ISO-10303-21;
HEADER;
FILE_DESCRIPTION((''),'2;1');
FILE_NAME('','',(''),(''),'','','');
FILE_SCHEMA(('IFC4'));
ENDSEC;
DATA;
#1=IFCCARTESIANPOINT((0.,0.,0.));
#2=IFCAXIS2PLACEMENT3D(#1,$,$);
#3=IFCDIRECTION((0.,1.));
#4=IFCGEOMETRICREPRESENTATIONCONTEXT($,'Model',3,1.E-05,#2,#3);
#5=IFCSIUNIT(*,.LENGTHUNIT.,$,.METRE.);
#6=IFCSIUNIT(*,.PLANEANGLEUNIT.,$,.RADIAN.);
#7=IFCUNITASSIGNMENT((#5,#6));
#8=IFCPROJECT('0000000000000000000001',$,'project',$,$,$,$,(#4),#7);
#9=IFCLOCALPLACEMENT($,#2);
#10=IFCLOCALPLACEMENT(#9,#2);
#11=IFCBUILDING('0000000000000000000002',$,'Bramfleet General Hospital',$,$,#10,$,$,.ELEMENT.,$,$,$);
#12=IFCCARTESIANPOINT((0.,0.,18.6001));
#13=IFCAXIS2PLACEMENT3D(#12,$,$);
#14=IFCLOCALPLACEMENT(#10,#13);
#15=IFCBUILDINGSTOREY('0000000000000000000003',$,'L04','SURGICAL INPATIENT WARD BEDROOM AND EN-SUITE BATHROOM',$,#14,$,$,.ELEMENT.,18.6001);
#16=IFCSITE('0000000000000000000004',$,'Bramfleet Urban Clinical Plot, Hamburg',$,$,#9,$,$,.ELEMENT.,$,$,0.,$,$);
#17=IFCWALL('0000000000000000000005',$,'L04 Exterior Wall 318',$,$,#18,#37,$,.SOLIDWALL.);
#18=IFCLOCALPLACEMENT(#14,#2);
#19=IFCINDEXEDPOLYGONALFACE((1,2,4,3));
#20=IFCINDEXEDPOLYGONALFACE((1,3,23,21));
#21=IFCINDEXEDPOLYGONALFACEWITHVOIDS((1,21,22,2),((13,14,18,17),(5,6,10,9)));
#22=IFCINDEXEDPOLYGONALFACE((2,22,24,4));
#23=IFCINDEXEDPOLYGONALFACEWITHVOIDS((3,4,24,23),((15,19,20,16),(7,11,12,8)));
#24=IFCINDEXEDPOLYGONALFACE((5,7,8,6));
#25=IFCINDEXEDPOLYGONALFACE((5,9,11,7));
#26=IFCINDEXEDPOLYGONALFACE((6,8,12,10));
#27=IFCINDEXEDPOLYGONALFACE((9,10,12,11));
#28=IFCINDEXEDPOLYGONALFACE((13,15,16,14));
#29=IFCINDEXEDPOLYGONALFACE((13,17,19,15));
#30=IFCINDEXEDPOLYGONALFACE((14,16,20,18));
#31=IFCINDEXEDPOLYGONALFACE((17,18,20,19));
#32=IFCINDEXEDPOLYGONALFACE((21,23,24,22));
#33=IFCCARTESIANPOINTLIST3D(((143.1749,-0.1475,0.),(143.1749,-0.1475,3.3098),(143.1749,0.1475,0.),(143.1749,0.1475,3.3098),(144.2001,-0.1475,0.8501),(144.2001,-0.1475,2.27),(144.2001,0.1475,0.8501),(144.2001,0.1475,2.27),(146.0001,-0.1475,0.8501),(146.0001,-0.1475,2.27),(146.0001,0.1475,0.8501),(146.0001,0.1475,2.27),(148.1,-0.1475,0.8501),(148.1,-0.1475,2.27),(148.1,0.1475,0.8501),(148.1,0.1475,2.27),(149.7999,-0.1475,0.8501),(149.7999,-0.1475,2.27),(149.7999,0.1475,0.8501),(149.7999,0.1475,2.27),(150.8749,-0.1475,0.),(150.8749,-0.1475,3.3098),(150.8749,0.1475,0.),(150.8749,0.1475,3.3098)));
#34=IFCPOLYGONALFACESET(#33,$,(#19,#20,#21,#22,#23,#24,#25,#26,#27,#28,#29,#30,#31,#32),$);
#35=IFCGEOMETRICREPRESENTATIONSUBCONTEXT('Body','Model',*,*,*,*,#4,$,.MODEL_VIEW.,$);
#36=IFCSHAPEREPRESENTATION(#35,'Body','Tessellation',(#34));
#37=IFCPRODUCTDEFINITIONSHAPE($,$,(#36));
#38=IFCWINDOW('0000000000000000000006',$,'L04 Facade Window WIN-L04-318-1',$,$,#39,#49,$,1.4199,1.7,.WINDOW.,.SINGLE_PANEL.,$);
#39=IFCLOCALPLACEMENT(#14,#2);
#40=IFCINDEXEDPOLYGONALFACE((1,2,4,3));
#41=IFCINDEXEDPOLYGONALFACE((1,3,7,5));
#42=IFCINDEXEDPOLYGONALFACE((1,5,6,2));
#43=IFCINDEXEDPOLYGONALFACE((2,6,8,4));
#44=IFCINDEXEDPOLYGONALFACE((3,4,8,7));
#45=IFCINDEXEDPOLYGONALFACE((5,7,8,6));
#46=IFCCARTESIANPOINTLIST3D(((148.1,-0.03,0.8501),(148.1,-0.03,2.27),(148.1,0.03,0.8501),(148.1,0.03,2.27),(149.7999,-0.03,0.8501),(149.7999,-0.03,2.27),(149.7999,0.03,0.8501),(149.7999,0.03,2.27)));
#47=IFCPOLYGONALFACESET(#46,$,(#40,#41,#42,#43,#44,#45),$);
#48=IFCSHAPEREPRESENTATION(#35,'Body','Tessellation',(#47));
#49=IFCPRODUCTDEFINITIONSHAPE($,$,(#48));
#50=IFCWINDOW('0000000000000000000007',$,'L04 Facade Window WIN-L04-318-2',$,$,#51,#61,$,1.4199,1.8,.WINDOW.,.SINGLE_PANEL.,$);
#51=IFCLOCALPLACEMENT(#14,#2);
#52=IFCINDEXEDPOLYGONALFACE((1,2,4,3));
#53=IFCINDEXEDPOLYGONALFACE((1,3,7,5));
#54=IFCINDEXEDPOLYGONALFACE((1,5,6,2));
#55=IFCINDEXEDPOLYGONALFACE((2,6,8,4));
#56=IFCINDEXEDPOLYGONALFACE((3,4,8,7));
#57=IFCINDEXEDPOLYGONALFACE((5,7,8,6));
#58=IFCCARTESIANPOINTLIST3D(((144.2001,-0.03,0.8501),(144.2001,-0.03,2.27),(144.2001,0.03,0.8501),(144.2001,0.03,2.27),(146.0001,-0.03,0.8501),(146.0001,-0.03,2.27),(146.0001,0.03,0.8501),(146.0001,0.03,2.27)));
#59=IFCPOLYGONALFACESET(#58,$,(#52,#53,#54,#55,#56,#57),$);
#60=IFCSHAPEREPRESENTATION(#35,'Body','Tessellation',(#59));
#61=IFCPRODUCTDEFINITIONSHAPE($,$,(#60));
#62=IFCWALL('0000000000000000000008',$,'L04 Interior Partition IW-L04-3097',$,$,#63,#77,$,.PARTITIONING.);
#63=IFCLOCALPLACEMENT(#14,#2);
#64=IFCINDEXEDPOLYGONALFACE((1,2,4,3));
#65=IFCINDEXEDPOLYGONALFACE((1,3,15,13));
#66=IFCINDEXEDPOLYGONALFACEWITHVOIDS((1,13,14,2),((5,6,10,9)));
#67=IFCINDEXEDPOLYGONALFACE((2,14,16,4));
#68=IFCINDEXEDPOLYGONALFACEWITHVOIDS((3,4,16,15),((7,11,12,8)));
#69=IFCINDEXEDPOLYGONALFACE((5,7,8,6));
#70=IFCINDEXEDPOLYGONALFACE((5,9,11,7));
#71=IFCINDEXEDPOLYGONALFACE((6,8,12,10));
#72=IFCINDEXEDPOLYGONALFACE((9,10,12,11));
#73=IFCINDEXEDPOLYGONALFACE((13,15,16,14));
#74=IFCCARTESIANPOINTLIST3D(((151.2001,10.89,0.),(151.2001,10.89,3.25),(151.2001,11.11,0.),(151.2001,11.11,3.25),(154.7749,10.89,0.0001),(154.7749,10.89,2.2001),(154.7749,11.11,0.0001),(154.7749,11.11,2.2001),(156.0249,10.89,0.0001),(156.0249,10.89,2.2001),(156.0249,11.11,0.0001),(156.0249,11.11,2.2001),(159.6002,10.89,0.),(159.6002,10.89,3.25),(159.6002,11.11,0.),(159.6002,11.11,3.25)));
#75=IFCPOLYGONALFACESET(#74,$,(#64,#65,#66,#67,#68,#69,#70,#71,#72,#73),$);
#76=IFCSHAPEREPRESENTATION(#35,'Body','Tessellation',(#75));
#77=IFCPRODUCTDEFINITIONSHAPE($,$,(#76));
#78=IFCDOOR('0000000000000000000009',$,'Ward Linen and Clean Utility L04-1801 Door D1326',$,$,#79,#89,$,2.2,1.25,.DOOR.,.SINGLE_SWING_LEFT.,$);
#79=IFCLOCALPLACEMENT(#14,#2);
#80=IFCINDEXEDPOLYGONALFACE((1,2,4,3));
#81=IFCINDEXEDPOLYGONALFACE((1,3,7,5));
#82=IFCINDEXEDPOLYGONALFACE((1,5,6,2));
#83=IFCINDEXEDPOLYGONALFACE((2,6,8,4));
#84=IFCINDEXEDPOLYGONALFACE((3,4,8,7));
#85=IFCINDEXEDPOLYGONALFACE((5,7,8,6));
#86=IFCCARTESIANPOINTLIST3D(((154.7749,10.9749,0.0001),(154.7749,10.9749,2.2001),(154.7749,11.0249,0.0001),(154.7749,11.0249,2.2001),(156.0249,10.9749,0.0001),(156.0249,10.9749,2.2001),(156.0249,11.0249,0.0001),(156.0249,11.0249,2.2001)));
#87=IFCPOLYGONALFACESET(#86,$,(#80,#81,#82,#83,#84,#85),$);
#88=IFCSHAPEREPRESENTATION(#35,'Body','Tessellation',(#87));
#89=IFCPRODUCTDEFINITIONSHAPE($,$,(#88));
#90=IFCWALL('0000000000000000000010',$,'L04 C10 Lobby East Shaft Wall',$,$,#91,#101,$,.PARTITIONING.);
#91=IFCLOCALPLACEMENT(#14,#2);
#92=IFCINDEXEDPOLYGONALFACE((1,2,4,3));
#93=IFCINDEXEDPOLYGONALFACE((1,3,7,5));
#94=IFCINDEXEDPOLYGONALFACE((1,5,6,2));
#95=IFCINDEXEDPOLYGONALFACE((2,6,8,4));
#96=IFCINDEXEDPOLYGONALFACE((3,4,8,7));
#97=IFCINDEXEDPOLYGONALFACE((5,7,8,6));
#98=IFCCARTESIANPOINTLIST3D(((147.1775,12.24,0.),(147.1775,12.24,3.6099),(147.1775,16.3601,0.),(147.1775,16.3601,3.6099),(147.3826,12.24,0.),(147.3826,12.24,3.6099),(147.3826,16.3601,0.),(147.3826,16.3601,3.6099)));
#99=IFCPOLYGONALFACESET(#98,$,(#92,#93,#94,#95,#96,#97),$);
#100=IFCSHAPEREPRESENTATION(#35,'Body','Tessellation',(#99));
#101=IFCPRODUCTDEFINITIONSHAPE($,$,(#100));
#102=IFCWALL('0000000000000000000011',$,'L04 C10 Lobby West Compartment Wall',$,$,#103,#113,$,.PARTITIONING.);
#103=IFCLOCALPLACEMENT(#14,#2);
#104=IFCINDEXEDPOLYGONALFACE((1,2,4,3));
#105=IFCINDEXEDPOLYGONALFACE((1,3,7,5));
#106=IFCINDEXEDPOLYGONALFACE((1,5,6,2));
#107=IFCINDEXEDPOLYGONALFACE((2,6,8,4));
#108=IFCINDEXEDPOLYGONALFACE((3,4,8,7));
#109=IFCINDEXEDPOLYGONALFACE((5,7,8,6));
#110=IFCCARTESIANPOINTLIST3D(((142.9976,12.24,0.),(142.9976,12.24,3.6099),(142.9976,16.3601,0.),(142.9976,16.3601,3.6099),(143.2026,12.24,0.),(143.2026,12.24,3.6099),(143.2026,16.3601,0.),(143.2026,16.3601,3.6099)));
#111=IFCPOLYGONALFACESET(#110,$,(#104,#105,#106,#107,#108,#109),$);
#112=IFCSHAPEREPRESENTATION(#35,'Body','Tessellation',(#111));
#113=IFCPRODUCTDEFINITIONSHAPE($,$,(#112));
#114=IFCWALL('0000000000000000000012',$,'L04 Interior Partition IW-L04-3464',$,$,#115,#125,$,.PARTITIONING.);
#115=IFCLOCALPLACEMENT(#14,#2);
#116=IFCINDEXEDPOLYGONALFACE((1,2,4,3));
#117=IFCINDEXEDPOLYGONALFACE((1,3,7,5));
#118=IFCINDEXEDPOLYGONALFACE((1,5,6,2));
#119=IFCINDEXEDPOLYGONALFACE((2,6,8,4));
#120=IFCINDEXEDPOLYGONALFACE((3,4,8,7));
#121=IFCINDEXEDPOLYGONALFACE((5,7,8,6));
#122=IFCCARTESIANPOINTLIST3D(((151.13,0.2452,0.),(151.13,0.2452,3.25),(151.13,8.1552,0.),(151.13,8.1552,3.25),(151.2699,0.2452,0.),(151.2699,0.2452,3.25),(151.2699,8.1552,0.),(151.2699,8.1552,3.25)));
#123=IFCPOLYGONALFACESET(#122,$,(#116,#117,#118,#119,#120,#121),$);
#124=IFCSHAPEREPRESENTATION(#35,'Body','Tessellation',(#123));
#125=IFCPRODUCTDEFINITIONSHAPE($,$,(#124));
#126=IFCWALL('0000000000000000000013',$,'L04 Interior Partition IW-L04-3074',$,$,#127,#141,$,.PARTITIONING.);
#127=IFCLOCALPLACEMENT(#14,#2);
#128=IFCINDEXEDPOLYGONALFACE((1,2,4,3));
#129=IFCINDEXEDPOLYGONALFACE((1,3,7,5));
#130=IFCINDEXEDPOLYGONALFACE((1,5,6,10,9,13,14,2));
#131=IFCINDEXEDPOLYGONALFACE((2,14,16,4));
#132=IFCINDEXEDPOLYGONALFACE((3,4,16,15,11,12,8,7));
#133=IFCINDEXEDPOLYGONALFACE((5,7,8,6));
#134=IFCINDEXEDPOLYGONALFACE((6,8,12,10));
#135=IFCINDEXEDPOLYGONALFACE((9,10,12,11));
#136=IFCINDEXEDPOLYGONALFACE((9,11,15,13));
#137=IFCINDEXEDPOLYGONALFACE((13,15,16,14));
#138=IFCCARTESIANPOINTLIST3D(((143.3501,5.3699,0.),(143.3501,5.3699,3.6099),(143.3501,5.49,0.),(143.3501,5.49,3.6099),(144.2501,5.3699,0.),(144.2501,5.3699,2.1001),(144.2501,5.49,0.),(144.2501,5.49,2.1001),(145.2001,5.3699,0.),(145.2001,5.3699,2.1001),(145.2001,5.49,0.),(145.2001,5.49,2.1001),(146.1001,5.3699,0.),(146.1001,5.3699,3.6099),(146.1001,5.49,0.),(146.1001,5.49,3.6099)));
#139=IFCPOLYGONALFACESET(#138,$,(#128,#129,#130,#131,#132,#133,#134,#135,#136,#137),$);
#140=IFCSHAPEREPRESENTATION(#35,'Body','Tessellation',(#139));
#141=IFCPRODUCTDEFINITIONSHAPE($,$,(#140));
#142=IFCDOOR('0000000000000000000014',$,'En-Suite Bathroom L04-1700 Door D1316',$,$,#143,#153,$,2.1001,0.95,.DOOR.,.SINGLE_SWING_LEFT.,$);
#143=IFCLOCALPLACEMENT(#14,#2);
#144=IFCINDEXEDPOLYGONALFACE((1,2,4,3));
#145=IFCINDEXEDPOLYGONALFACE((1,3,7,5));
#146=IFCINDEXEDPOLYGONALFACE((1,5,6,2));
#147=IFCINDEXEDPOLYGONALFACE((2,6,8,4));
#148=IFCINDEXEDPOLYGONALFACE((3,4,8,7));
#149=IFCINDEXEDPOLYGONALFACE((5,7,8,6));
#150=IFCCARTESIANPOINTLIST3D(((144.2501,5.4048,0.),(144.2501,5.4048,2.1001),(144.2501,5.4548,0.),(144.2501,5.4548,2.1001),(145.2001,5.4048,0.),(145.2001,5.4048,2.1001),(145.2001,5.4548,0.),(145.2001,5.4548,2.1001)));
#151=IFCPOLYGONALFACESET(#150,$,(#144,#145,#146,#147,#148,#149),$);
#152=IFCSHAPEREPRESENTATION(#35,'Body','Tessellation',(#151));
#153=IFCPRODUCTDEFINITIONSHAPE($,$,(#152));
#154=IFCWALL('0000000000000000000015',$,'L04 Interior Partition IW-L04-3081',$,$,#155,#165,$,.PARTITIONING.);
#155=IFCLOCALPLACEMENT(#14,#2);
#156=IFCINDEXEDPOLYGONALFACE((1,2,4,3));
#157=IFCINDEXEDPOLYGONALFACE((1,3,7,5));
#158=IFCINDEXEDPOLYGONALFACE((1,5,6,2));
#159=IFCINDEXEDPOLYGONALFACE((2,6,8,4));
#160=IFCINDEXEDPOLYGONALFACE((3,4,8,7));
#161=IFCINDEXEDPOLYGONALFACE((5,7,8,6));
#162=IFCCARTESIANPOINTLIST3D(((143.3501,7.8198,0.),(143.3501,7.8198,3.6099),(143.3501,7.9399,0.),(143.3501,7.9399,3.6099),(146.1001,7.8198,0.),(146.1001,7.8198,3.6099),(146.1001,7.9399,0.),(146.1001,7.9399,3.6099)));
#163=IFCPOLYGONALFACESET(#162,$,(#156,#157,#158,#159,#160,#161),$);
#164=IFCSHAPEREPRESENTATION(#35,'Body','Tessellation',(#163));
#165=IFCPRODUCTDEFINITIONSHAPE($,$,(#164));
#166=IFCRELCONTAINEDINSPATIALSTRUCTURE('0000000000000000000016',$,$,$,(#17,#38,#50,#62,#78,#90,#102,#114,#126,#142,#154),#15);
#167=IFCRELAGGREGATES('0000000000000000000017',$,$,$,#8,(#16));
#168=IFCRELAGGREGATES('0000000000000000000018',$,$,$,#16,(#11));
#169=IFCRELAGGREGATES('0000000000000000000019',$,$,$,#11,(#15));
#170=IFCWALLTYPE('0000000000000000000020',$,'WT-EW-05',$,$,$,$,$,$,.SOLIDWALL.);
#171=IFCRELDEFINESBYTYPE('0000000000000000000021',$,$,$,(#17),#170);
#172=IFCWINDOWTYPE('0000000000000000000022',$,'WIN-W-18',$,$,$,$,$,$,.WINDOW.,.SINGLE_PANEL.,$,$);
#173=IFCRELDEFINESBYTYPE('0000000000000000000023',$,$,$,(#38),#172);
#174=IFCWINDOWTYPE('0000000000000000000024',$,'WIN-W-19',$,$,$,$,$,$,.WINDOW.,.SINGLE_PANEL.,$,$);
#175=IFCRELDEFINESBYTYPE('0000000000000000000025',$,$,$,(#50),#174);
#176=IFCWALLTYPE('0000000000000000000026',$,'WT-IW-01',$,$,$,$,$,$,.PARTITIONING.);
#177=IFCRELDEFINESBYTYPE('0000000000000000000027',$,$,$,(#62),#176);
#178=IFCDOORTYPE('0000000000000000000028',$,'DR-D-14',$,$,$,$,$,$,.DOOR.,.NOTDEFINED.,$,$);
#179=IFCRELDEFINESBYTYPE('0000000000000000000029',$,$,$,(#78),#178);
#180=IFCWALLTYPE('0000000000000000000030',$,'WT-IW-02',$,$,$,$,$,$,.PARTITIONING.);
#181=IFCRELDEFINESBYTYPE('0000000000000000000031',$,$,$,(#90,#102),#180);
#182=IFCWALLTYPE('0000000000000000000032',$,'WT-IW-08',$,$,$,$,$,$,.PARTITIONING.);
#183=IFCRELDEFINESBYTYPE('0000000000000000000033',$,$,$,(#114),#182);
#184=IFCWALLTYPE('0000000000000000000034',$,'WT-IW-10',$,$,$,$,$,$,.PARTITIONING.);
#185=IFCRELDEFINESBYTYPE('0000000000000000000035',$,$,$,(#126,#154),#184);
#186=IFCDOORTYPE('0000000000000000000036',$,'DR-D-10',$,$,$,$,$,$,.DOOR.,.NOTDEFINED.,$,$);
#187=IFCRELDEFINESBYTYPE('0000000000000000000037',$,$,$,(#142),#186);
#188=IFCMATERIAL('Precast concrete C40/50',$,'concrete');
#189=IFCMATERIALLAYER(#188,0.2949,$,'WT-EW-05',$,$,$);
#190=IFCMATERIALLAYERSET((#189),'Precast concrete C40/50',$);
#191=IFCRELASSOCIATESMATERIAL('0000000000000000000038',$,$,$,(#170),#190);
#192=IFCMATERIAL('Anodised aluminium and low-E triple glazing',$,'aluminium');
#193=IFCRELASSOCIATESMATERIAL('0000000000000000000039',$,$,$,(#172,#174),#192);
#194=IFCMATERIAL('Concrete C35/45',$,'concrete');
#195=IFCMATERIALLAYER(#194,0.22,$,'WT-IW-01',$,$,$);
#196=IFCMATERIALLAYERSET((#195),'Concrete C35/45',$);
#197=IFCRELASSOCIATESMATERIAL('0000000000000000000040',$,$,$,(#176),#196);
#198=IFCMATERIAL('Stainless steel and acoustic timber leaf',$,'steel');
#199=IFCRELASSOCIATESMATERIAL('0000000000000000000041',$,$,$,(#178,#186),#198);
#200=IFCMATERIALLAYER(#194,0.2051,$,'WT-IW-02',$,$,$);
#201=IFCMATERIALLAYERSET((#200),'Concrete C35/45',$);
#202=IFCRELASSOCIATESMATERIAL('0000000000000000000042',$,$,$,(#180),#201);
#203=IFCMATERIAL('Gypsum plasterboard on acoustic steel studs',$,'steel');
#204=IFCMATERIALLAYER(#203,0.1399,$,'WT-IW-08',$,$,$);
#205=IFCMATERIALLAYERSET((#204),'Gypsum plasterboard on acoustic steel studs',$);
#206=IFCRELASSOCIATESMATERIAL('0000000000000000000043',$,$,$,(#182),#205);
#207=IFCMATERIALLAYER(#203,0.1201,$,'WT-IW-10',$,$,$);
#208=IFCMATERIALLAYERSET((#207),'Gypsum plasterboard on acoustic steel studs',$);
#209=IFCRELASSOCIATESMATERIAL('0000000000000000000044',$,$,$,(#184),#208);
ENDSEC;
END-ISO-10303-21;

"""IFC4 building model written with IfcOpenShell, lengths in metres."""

from ifc_helpers import new_model, si_unit, direction, frame, frame_2d, origin, place, context, subcontext, project, spatial, rectangle, extrude, material, layer, layer_set, type_object, element, fill, save


model = new_model("IFC4")

# Units and contexts
model_context = context("Model", 3, precision=1e-05, world=origin(), true_north=direction((0.0, 1.0)))
body_context = subcontext(model_context, "Body", "Model", "MODEL_VIEW")
ifc_project = project(units=[si_unit("LENGTHUNIT", "METRE"), si_unit("PLANEANGLEUNIT", "RADIAN")], contexts=[model_context])

# Site, building, storey
site_placement = place(None, origin())
site = spatial("IfcSite", under=ifc_project, at=site_placement, Name="Bramfleet Urban Clinical Plot, Hamburg", CompositionType="ELEMENT", RefElevation=0.0)
building_placement = place(site_placement, origin())
building = spatial("IfcBuilding", under=site, at=building_placement, Name="Bramfleet General Hospital", CompositionType="ELEMENT")
storey_placement = place(building_placement, frame((0.0, 0.0, 18.6001)))
storey = spatial("IfcBuildingStorey", under=building, at=storey_placement, Name="L04", Description="SURGICAL INPATIENT WARD BEDROOM AND EN-SUITE BATHROOM", CompositionType="ELEMENT", Elevation=18.6001)

# Shared definitions
ifc_material_1 = material(Name="Concrete C35/45", Category="concrete")

# Wall, openings, windows
ifc_material_2 = material(Name="Precast concrete C40/50", Category="concrete")
ifc_layer_1 = layer(ifc_material_2, 0.2949, Name="WT-EW-05")
ifc_layer_set_1 = layer_set([ifc_layer_1], Name="Precast concrete C40/50")
wall_type_1 = type_object("IfcWallType", Name="WT-EW-05", PredefinedType="SOLIDWALL", material=ifc_layer_set_1)
wall_1_placement = place(storey_placement, frame((150.875, 0.0, 0.0), z_axis=(0.0, 0.0, 1.0), x_axis=(-1.0, 0.0, 0.0)))
wall_1 = element("IfcWall", 1, at=wall_1_placement, inside=storey, type_object=wall_type_1, Name="L04 Exterior Wall 318", PredefinedType="SOLIDWALL", context=body_context, shape_type="SweptSolid", body=[
    extrude(rectangle(XDim=7.7, YDim=0.2949, at=frame_2d((3.8501, 0.0))), origin(), (0.0, 0.0, 1.0), 3.3098),
])
opening_1_placement = place(wall_1_placement, frame((1.075, 0.0, 0.8501)))
opening_1 = element("IfcOpeningElement", 2, at=opening_1_placement, cuts=wall_1, PredefinedType="OPENING", context=body_context, shape_type="SweptSolid", body=[
    extrude(rectangle(XDim=1.7, YDim=1.4199, at=frame_2d((0.8501, 0.71))), frame((0.0, 0.1575, 0.0), z_axis=(0.0, -1.0, 0.0), x_axis=(1.0, 0.0, 0.0)), (0.0, 0.0, 1.0), 0.3149),
])
opening_2_placement = place(wall_1_placement, frame((4.875, 0.0, 0.8501)))
opening_2 = element("IfcOpeningElement", 3, at=opening_2_placement, cuts=wall_1, PredefinedType="OPENING", context=body_context, shape_type="SweptSolid", body=[
    extrude(rectangle(XDim=1.8, YDim=1.4199, at=frame_2d((0.8999, 0.71))), frame((0.0, 0.1575, 0.0), z_axis=(0.0, -1.0, 0.0), x_axis=(1.0, 0.0, 0.0)), (0.0, 0.0, 1.0), 0.3149),
])
ifc_material_3 = material(Name="Anodised aluminium and low-E triple glazing", Category="aluminium")
window_type_1 = type_object("IfcWindowType", Name="WIN-W-18", PartitioningType="SINGLE_PANEL", PredefinedType="WINDOW", material=ifc_material_3)
window_1_placement = place(opening_1_placement, origin())
window_1 = element("IfcWindow", 4, at=window_1_placement, inside=storey, type_object=window_type_1, Name="L04 Facade Window WIN-L04-318-1", OverallHeight=1.4199, OverallWidth=1.7, PartitioningType="SINGLE_PANEL", PredefinedType="WINDOW", context=body_context, shape_type="SweptSolid", body=[
    extrude(rectangle(XDim=1.7, YDim=1.4199, at=frame_2d((0.8501, 0.71))), frame((0.0, 0.03, 0.0), z_axis=(0.0, -1.0, 0.0), x_axis=(1.0, 0.0, 0.0)), (0.0, 0.0, 1.0), 0.0601),
])
fill(opening_1, window_1)
window_type_2 = type_object("IfcWindowType", Name="WIN-W-19", PartitioningType="SINGLE_PANEL", PredefinedType="WINDOW", material=ifc_material_3)
window_2_placement = place(opening_2_placement, origin())
window_2 = element("IfcWindow", 5, at=window_2_placement, inside=storey, type_object=window_type_2, Name="L04 Facade Window WIN-L04-318-2", OverallHeight=1.4199, OverallWidth=1.8, PartitioningType="SINGLE_PANEL", PredefinedType="WINDOW", context=body_context, shape_type="SweptSolid", body=[
    extrude(rectangle(XDim=1.8, YDim=1.4199, at=frame_2d((0.8999, 0.71))), frame((0.0, 0.03, 0.0), z_axis=(0.0, -1.0, 0.0), x_axis=(1.0, 0.0, 0.0)), (0.0, 0.0, 1.0), 0.0601),
])
fill(opening_2, window_2)

# Wall, opening, door
ifc_layer_2 = layer(ifc_material_1, 0.22, Name="WT-IW-01")
ifc_layer_set_2 = layer_set([ifc_layer_2], Name="Concrete C35/45")
wall_type_2 = type_object("IfcWallType", Name="WT-IW-01", PredefinedType="PARTITIONING", material=ifc_layer_set_2)
wall_2_placement = place(storey_placement, frame((151.2, 11.0, 0.0), z_axis=(0.0, 0.0, 1.0), x_axis=(1.0, 0.0, 0.0)))
wall_2 = element("IfcWall", 6, at=wall_2_placement, inside=storey, type_object=wall_type_2, Name="L04 Interior Partition IW-L04-3097", PredefinedType="PARTITIONING", context=body_context, shape_type="SweptSolid", body=[
    extrude(rectangle(XDim=8.4001, YDim=0.22, at=frame_2d((4.2002, 0.0))), origin(), (0.0, 0.0, 1.0), 3.25),
])
opening_3_placement = place(wall_2_placement, frame((3.575, 0.0, 0.0)))
opening_3 = element("IfcOpeningElement", 7, at=opening_3_placement, cuts=wall_2, PredefinedType="OPENING", context=body_context, shape_type="SweptSolid", body=[
    extrude(rectangle(XDim=1.25, YDim=2.2, at=frame_2d((0.625, 1.1001))), frame((0.0, 0.1199, 0.0), z_axis=(0.0, -1.0, 0.0), x_axis=(1.0, 0.0, 0.0)), (0.0, 0.0, 1.0), 0.24),
])
ifc_material_4 = material(Name="Stainless steel and acoustic timber leaf", Category="steel")
door_type_1 = type_object("IfcDoorType", Name="DR-D-14", OperationType="NOTDEFINED", PredefinedType="DOOR", material=ifc_material_4)
door_1_placement = place(opening_3_placement, origin())
door_1 = element("IfcDoor", 8, at=door_1_placement, inside=storey, type_object=door_type_1, Name="Ward Linen and Clean Utility L04-1801 Door D1326", OperationType="SINGLE_SWING_LEFT", OverallHeight=2.2, OverallWidth=1.25, PredefinedType="DOOR", context=body_context, shape_type="SweptSolid", body=[
    extrude(rectangle(XDim=1.25, YDim=2.2, at=frame_2d((0.625, 1.1001))), frame((0.0, 0.0249, 0.0), z_axis=(0.0, -1.0, 0.0), x_axis=(1.0, 0.0, 0.0)), (0.0, 0.0, 1.0), 0.05),
])
fill(opening_3, door_1)

# Walls
ifc_layer_3 = layer(ifc_material_1, 0.2051, Name="WT-IW-02")
ifc_layer_set_3 = layer_set([ifc_layer_3], Name="Concrete C35/45")
wall_type_3 = type_object("IfcWallType", Name="WT-IW-02", PredefinedType="PARTITIONING", material=ifc_layer_set_3)
for number, where, z_axis, x_axis, name in (
    (9, (147.28, 12.24, 0.0), (0.0, 0.0, 1.0), (0.0, 1.0, 0.0), "L04 C10 Lobby East Shaft Wall"),
    (10, (143.1001, 12.24, 0.0), (0.0, 0.0, 1.0), (0.0, 1.0, 0.0), "L04 C10 Lobby West Compartment Wall"),
):
    element("IfcWall", number, at=place(storey_placement, frame(where, z_axis=z_axis, x_axis=x_axis)), inside=storey, type_object=wall_type_3, Name=name, PredefinedType="PARTITIONING", context=body_context, shape_type="SweptSolid", body=[
        extrude(rectangle(XDim=4.1201, YDim=0.2051, at=frame_2d((2.0601, 0.0))), origin(), (0.0, 0.0, 1.0), 3.6099),
    ])
ifc_material_5 = material(Name="Gypsum plasterboard on acoustic steel studs", Category="steel")
ifc_layer_4 = layer(ifc_material_5, 0.1399, Name="WT-IW-08")
ifc_layer_set_4 = layer_set([ifc_layer_4], Name="Gypsum plasterboard on acoustic steel studs")
wall_type_4 = type_object("IfcWallType", Name="WT-IW-08", PredefinedType="PARTITIONING", material=ifc_layer_set_4)
wall_3_placement = place(storey_placement, frame((151.2, 0.2451, 0.0), z_axis=(0.0, 0.0, 1.0), x_axis=(0.0, 1.0, 0.0)))
element("IfcWall", 11, at=wall_3_placement, inside=storey, type_object=wall_type_4, Name="L04 Interior Partition IW-L04-3464", PredefinedType="PARTITIONING", context=body_context, shape_type="SweptSolid", body=[
    extrude(rectangle(XDim=7.9099, YDim=0.1399, at=frame_2d((3.9551, 0.0))), origin(), (0.0, 0.0, 1.0), 3.25),
])

# Wall, opening, door
ifc_layer_5 = layer(ifc_material_5, 0.1201, Name="WT-IW-10")
ifc_layer_set_5 = layer_set([ifc_layer_5], Name="Gypsum plasterboard on acoustic steel studs")
wall_type_5 = type_object("IfcWallType", Name="WT-IW-10", PredefinedType="PARTITIONING", material=ifc_layer_set_5)
wall_4_placement = place(storey_placement, frame((143.3501, 5.4299, 0.0), z_axis=(0.0, 0.0, 1.0), x_axis=(1.0, 0.0, 0.0)))
wall_4 = element("IfcWall", 12, at=wall_4_placement, inside=storey, type_object=wall_type_5, Name="L04 Interior Partition IW-L04-3074", PredefinedType="PARTITIONING", context=body_context, shape_type="SweptSolid", body=[
    extrude(rectangle(XDim=2.75, YDim=0.1201, at=frame_2d((1.375, 0.0))), origin(), (0.0, 0.0, 1.0), 3.6099),
])
opening_4_placement = place(wall_4_placement, frame((0.8999, 0.0, 0.0)))
opening_4 = element("IfcOpeningElement", 13, at=opening_4_placement, cuts=wall_4, PredefinedType="OPENING", context=body_context, shape_type="SweptSolid", body=[
    extrude(rectangle(XDim=0.95, YDim=2.1001, at=frame_2d((0.4751, 1.05))), frame((0.0, 0.0701, 0.0), z_axis=(0.0, -1.0, 0.0), x_axis=(1.0, 0.0, 0.0)), (0.0, 0.0, 1.0), 0.1401),
])
door_type_2 = type_object("IfcDoorType", Name="DR-D-10", OperationType="NOTDEFINED", PredefinedType="DOOR", material=ifc_material_4)
door_2_placement = place(opening_4_placement, origin())
door_2 = element("IfcDoor", 14, at=door_2_placement, inside=storey, type_object=door_type_2, Name="En-Suite Bathroom L04-1700 Door D1316", OperationType="SINGLE_SWING_LEFT", OverallHeight=2.1001, OverallWidth=0.95, PredefinedType="DOOR", context=body_context, shape_type="SweptSolid", body=[
    extrude(rectangle(XDim=0.95, YDim=2.1001, at=frame_2d((0.4751, 1.05))), frame((0.0, 0.0249, 0.0), z_axis=(0.0, -1.0, 0.0), x_axis=(1.0, 0.0, 0.0)), (0.0, 0.0, 1.0), 0.05),
])
fill(opening_4, door_2)

# Wall
wall_5_placement = place(storey_placement, frame((143.3501, 7.8799, 0.0), z_axis=(0.0, 0.0, 1.0), x_axis=(1.0, 0.0, 0.0)))
element("IfcWall", 15, at=wall_5_placement, inside=storey, type_object=wall_type_5, Name="L04 Interior Partition IW-L04-3081", PredefinedType="PARTITIONING", context=body_context, shape_type="SweptSolid", body=[
    extrude(rectangle(XDim=2.75, YDim=0.1201, at=frame_2d((1.375, 0.0))), origin(), (0.0, 0.0, 1.0), 3.6099),
])

save(model, "model.ifc")
